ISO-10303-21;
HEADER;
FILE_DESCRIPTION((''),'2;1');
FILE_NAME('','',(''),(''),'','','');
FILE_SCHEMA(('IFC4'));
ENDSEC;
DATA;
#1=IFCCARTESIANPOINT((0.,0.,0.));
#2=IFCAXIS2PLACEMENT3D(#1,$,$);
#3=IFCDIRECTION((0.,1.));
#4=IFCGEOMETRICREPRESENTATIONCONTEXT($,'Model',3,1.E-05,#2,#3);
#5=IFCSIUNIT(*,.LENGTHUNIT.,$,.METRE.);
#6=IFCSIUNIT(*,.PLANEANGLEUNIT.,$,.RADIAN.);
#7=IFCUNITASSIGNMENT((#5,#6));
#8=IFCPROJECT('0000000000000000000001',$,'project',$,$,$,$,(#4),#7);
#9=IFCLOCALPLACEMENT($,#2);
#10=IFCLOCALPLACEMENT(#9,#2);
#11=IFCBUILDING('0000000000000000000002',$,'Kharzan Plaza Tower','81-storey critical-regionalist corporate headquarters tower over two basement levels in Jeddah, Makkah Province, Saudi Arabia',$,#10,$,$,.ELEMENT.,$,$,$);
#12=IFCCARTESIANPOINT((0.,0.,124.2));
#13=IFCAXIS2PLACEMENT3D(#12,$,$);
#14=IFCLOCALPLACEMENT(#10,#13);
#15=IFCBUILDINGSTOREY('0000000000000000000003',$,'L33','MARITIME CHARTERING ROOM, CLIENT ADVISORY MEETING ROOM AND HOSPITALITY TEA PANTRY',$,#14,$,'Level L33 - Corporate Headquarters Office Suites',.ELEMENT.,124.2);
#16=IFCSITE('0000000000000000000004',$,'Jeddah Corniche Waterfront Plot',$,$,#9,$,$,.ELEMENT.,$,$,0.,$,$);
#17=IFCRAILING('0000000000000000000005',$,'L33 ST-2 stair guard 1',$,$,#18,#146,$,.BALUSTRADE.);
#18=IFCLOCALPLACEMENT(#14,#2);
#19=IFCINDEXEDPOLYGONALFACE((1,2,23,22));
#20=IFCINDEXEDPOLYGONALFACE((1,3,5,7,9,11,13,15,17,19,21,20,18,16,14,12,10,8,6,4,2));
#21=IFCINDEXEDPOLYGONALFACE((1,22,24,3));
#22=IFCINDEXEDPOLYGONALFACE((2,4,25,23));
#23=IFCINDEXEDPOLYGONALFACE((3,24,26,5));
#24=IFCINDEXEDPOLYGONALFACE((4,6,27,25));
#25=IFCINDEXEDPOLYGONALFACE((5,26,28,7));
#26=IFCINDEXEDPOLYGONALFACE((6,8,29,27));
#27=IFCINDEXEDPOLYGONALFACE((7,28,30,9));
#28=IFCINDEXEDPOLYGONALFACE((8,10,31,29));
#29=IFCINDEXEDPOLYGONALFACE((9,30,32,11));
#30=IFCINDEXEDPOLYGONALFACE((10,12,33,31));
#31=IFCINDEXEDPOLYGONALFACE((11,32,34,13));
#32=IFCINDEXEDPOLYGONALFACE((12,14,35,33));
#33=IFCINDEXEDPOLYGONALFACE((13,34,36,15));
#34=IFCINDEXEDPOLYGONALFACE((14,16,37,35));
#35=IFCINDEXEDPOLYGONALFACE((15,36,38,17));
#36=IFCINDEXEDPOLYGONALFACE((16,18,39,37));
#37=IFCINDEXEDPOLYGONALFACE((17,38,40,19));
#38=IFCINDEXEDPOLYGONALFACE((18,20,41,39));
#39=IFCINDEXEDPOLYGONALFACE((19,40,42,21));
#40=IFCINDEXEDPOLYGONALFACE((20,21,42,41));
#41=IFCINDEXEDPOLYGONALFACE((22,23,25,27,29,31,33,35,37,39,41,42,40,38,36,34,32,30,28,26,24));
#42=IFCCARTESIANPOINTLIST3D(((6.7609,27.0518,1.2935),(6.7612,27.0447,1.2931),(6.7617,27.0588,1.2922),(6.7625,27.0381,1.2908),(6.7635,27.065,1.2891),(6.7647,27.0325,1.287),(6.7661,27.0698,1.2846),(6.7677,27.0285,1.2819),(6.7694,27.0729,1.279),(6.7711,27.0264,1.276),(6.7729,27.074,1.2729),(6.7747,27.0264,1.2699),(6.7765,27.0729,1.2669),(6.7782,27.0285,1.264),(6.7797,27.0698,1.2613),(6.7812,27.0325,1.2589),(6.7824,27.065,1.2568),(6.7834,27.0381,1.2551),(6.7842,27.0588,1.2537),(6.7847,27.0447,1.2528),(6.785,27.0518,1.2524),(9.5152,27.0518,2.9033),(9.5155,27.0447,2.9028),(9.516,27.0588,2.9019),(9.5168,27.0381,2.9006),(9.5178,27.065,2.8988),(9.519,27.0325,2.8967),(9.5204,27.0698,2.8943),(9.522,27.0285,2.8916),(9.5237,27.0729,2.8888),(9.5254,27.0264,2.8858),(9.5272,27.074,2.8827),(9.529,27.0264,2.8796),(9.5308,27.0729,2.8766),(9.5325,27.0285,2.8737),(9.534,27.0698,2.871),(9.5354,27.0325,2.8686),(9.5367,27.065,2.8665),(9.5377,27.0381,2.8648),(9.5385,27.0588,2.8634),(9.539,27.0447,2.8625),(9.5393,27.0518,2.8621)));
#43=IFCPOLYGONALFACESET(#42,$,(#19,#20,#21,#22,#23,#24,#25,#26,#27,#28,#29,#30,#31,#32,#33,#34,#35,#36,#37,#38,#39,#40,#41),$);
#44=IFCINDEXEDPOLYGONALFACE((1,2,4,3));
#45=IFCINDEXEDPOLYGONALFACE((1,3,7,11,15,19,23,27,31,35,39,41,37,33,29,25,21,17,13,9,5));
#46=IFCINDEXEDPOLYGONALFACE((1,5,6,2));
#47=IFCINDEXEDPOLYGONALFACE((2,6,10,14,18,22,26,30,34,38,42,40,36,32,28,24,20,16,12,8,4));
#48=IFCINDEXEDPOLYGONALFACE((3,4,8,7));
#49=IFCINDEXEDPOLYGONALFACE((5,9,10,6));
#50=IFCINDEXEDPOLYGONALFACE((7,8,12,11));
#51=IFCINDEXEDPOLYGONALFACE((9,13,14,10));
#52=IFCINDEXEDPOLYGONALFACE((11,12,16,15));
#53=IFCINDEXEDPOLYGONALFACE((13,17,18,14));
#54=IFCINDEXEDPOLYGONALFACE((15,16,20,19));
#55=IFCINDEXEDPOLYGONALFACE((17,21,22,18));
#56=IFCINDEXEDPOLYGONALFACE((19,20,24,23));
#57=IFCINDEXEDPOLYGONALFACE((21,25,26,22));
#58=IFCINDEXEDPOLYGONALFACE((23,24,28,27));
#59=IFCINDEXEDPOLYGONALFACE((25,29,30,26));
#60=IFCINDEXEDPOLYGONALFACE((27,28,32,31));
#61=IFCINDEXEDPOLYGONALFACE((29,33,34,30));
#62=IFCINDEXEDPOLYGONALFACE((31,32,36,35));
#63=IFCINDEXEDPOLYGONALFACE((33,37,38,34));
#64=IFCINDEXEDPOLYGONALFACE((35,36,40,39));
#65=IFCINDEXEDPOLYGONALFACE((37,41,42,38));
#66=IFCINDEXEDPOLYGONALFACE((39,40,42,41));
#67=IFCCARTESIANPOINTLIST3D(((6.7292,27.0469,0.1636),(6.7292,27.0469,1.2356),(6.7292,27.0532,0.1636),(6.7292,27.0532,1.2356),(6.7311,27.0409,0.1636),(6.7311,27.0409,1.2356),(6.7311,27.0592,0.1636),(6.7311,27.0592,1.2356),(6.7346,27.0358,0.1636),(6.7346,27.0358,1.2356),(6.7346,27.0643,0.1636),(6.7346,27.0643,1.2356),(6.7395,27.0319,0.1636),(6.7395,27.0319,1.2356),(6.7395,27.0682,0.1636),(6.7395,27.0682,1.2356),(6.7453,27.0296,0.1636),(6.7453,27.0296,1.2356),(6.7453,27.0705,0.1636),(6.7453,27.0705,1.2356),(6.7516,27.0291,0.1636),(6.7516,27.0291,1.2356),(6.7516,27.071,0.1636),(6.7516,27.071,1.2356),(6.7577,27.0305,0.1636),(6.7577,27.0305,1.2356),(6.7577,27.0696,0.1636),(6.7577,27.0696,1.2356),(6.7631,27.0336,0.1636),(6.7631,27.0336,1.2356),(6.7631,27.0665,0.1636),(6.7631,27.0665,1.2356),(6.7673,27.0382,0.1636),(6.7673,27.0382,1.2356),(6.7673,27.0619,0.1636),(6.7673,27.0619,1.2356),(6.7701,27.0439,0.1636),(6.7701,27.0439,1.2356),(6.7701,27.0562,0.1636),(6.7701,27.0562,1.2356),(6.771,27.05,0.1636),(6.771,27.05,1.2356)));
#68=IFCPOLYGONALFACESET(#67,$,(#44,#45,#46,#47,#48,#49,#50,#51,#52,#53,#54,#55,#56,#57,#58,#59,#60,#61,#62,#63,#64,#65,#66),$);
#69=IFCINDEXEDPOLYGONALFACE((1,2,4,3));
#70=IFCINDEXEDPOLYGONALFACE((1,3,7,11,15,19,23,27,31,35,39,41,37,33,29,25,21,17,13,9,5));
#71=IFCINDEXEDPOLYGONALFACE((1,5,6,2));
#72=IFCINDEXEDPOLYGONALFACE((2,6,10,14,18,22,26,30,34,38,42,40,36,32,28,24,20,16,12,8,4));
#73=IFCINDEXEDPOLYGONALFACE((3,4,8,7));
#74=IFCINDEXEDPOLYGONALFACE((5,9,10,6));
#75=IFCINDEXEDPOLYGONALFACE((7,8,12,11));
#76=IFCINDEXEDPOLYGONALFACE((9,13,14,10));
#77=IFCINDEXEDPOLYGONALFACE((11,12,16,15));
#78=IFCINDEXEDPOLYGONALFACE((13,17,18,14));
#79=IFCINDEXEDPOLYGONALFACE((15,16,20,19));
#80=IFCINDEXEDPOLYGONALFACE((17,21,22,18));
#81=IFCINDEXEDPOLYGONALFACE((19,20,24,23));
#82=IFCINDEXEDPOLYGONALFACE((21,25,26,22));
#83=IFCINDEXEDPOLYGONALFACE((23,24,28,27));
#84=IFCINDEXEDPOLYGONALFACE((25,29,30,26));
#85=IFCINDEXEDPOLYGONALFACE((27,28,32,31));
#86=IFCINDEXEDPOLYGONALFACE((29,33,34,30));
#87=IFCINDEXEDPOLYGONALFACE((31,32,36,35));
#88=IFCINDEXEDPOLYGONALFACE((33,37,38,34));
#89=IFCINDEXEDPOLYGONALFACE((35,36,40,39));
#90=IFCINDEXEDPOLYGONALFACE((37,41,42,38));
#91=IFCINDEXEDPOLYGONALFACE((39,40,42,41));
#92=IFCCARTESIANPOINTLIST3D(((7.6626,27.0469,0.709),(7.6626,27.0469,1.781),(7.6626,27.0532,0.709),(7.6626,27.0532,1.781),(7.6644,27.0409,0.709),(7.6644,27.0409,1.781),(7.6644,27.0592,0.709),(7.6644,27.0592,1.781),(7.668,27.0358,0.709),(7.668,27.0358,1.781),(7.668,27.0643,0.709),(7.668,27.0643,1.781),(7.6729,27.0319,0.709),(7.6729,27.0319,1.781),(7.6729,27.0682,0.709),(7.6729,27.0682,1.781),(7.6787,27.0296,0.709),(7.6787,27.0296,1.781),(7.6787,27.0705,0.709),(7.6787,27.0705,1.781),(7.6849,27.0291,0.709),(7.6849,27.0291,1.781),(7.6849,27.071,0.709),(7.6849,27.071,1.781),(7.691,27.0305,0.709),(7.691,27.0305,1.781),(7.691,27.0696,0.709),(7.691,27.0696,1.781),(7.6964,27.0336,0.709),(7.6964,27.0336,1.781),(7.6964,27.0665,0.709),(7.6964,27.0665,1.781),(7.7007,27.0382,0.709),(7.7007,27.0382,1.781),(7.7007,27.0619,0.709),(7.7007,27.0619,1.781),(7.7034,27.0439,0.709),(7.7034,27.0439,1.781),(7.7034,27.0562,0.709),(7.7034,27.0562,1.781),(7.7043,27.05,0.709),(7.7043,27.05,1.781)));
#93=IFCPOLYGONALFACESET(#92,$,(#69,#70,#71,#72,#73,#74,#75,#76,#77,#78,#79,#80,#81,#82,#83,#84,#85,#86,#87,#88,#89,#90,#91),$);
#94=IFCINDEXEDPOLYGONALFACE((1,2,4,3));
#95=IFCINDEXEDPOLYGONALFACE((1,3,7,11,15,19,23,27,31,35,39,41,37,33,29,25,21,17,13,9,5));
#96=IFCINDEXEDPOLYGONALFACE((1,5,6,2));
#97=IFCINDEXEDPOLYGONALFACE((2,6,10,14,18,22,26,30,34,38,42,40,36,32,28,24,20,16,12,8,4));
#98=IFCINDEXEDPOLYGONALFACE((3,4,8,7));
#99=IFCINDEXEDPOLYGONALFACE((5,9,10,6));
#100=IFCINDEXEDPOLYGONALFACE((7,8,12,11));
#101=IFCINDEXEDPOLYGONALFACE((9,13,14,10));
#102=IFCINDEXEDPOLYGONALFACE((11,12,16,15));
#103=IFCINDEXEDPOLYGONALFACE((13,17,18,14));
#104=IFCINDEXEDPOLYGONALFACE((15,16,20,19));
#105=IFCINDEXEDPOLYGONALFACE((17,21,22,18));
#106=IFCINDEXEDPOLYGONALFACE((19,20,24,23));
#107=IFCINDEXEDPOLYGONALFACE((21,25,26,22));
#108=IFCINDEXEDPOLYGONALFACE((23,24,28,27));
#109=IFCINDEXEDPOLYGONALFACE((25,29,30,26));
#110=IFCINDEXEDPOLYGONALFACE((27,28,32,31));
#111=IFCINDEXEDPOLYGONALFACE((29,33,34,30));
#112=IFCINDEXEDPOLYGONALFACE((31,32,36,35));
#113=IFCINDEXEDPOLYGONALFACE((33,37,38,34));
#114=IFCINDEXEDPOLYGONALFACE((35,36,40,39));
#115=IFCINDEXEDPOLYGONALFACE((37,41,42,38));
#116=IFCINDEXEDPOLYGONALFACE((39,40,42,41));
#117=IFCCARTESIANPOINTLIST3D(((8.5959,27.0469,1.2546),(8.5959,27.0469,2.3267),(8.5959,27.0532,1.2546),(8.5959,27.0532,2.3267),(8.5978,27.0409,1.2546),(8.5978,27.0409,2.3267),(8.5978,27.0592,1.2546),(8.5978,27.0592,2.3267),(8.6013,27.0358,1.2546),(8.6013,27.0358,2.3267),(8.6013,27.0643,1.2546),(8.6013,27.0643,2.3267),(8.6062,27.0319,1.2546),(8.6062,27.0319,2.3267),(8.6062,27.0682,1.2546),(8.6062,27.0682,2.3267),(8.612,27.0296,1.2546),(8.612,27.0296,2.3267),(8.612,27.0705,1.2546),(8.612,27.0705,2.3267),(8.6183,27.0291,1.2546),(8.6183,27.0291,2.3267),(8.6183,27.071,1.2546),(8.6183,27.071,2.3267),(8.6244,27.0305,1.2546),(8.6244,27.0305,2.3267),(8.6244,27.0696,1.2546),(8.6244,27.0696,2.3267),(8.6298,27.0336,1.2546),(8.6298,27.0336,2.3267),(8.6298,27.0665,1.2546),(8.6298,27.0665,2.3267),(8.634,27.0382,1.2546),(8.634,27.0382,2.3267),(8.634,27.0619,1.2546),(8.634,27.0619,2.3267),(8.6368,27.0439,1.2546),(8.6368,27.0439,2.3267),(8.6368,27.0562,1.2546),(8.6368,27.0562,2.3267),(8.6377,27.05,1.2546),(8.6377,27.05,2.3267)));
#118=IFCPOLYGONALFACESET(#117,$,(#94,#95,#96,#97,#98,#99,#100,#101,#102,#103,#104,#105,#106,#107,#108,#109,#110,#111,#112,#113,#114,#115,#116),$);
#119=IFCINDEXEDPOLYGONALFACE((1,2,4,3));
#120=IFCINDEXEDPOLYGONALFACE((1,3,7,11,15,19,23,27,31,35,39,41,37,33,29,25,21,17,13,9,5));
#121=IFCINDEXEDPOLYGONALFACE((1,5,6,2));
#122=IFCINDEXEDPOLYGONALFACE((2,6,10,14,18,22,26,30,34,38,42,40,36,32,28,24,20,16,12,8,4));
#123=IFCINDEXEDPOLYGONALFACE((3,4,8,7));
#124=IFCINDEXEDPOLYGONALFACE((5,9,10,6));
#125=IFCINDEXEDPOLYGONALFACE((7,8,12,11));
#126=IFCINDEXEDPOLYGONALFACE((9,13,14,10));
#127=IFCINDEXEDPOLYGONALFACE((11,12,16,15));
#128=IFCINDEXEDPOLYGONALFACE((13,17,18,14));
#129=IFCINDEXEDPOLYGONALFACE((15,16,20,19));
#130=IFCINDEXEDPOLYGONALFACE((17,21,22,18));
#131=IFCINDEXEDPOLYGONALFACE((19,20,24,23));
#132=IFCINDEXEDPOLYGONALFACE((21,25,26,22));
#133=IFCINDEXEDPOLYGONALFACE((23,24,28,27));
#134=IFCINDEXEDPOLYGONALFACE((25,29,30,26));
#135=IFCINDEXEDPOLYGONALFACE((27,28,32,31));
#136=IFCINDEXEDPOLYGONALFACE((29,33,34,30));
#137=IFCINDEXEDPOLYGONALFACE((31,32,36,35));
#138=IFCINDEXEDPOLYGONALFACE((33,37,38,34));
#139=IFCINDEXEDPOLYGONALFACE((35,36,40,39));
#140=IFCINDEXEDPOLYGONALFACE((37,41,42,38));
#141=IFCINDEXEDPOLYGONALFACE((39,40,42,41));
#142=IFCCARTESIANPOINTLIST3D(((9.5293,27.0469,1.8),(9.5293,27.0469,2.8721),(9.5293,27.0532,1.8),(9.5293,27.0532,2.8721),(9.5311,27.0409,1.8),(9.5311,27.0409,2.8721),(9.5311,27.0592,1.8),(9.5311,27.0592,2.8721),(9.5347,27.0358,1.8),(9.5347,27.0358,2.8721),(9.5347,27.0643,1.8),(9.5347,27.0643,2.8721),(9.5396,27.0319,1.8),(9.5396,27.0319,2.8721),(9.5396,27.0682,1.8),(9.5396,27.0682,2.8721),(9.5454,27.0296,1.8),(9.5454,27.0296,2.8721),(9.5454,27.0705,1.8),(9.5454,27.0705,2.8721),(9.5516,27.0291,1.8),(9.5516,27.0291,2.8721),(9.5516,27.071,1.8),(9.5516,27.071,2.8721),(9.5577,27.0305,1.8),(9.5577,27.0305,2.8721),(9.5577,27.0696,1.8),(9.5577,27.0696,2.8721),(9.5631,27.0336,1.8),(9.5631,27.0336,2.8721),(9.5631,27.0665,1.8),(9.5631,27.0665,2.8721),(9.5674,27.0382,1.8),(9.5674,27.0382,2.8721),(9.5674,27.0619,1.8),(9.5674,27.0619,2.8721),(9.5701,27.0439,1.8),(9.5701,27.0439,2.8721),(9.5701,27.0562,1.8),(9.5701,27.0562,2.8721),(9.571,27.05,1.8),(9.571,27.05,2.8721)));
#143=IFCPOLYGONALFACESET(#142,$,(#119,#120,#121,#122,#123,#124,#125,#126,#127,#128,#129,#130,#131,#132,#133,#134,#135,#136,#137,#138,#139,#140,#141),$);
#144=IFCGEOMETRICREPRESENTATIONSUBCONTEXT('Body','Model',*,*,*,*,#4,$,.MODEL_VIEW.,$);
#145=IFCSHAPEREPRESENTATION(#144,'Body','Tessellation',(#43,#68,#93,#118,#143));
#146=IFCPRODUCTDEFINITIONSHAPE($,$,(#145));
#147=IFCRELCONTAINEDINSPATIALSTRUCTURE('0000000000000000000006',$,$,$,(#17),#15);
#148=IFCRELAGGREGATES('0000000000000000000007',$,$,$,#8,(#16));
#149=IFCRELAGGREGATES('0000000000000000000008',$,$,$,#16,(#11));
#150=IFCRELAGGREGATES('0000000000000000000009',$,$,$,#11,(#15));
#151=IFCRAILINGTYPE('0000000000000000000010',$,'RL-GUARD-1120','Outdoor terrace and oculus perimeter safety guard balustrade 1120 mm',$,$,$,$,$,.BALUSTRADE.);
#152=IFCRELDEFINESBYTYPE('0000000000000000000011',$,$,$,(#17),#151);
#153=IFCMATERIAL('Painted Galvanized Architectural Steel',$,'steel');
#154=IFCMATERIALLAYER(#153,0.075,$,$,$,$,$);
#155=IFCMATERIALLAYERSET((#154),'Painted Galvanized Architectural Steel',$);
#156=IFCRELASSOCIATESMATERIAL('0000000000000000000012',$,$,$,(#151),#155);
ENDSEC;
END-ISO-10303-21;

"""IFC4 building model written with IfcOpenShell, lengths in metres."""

from ifc_helpers import new_model, si_unit, direction, frame, origin, origin_2d, place, context, subcontext, project, spatial, circle, extrude, source, transform, mapped, material, layer, layer_set, type_object, element, save


model = new_model("IFC4")

# Units and contexts
model_context = context("Model", 3, precision=1e-05, world=origin(), true_north=direction((0.0, 1.0)))
body_context = subcontext(model_context, "Body", "Model", "MODEL_VIEW")
ifc_project = project(units=[si_unit("LENGTHUNIT", "METRE"), si_unit("PLANEANGLEUNIT", "RADIAN")], contexts=[model_context])

# Site, building, storey
site_placement = place(None, origin())
site = spatial("IfcSite", under=ifc_project, at=site_placement, Name="Jeddah Corniche Waterfront Plot", CompositionType="ELEMENT", RefElevation=0.0)
building_placement = place(site_placement, origin())
building = spatial("IfcBuilding", under=site, at=building_placement, Name="Kharzan Plaza Tower", Description="81-storey critical-regionalist corporate headquarters tower over two basement levels in Jeddah, Makkah Province, Saudi Arabia", CompositionType="ELEMENT")
storey_placement = place(building_placement, frame((0.0, 0.0, 124.2)))
storey = spatial("IfcBuildingStorey", under=building, at=storey_placement, Name="L33", Description="MARITIME CHARTERING ROOM, CLIENT ADVISORY MEETING ROOM AND HOSPITALITY TEA PANTRY", LongName="Level L33 - Corporate Headquarters Office Suites", CompositionType="ELEMENT", Elevation=124.2)

# Railing
ifc_material_1 = material(Name="Painted Galvanized Architectural Steel", Category="steel")
ifc_layer_1 = layer(ifc_material_1, 0.075)
ifc_layer_set_1 = layer_set([ifc_layer_1], Name="Painted Galvanized Architectural Steel")
railing_type_1 = type_object("IfcRailingType", Name="RL-GUARD-1120", Description="Outdoor terrace and oculus perimeter safety guard balustrade 1120 mm", PredefinedType="BALUSTRADE", material=ifc_layer_set_1)
shared_shape_1 = source(origin(), body_context, "Body", "SweptSolid", [
    extrude(circle(Radius=0.0239, at=origin_2d()), frame((0.0229, 0.0, 1.1094), z_axis=(0.863361, 0.0, 0.504587), x_axis=(0.0, 1.0, 0.0)), (0.0, 0.0, 1.0), 3.1902),
    extrude(circle(Radius=0.021, at=origin_2d()), origin(), (0.0, 0.0, 1.0), 1.072),
    extrude(circle(Radius=0.021, at=origin_2d()), frame((0.9333, 0.0, 0.5454)), (0.0, 0.0, 1.0), 1.072),
    extrude(circle(Radius=0.021, at=origin_2d()), frame((1.8667, 0.0, 1.0911)), (0.0, 0.0, 1.0), 1.072),
    extrude(circle(Radius=0.021, at=origin_2d()), frame((2.8, 0.0, 1.6365)), (0.0, 0.0, 1.0), 1.072),
])
railing_1_placement = place(storey_placement, frame((6.75, 27.05, 0.1636)))
element("IfcRailing", 1, at=railing_1_placement, inside=storey, type_object=railing_type_1, Name="L33 ST-2 stair guard 1", PredefinedType="BALUSTRADE", context=body_context, shape_type="MappedRepresentation", body=[
    mapped(shared_shape_1, transform((0.0, 0.0, 0.0), x_axis=(1.0, 0.0, 0.0), y_axis=(0.0, 1.0, 0.0), z_axis=(0.0, 0.0, 1.0))),
])

save(model, "model.ifc")
